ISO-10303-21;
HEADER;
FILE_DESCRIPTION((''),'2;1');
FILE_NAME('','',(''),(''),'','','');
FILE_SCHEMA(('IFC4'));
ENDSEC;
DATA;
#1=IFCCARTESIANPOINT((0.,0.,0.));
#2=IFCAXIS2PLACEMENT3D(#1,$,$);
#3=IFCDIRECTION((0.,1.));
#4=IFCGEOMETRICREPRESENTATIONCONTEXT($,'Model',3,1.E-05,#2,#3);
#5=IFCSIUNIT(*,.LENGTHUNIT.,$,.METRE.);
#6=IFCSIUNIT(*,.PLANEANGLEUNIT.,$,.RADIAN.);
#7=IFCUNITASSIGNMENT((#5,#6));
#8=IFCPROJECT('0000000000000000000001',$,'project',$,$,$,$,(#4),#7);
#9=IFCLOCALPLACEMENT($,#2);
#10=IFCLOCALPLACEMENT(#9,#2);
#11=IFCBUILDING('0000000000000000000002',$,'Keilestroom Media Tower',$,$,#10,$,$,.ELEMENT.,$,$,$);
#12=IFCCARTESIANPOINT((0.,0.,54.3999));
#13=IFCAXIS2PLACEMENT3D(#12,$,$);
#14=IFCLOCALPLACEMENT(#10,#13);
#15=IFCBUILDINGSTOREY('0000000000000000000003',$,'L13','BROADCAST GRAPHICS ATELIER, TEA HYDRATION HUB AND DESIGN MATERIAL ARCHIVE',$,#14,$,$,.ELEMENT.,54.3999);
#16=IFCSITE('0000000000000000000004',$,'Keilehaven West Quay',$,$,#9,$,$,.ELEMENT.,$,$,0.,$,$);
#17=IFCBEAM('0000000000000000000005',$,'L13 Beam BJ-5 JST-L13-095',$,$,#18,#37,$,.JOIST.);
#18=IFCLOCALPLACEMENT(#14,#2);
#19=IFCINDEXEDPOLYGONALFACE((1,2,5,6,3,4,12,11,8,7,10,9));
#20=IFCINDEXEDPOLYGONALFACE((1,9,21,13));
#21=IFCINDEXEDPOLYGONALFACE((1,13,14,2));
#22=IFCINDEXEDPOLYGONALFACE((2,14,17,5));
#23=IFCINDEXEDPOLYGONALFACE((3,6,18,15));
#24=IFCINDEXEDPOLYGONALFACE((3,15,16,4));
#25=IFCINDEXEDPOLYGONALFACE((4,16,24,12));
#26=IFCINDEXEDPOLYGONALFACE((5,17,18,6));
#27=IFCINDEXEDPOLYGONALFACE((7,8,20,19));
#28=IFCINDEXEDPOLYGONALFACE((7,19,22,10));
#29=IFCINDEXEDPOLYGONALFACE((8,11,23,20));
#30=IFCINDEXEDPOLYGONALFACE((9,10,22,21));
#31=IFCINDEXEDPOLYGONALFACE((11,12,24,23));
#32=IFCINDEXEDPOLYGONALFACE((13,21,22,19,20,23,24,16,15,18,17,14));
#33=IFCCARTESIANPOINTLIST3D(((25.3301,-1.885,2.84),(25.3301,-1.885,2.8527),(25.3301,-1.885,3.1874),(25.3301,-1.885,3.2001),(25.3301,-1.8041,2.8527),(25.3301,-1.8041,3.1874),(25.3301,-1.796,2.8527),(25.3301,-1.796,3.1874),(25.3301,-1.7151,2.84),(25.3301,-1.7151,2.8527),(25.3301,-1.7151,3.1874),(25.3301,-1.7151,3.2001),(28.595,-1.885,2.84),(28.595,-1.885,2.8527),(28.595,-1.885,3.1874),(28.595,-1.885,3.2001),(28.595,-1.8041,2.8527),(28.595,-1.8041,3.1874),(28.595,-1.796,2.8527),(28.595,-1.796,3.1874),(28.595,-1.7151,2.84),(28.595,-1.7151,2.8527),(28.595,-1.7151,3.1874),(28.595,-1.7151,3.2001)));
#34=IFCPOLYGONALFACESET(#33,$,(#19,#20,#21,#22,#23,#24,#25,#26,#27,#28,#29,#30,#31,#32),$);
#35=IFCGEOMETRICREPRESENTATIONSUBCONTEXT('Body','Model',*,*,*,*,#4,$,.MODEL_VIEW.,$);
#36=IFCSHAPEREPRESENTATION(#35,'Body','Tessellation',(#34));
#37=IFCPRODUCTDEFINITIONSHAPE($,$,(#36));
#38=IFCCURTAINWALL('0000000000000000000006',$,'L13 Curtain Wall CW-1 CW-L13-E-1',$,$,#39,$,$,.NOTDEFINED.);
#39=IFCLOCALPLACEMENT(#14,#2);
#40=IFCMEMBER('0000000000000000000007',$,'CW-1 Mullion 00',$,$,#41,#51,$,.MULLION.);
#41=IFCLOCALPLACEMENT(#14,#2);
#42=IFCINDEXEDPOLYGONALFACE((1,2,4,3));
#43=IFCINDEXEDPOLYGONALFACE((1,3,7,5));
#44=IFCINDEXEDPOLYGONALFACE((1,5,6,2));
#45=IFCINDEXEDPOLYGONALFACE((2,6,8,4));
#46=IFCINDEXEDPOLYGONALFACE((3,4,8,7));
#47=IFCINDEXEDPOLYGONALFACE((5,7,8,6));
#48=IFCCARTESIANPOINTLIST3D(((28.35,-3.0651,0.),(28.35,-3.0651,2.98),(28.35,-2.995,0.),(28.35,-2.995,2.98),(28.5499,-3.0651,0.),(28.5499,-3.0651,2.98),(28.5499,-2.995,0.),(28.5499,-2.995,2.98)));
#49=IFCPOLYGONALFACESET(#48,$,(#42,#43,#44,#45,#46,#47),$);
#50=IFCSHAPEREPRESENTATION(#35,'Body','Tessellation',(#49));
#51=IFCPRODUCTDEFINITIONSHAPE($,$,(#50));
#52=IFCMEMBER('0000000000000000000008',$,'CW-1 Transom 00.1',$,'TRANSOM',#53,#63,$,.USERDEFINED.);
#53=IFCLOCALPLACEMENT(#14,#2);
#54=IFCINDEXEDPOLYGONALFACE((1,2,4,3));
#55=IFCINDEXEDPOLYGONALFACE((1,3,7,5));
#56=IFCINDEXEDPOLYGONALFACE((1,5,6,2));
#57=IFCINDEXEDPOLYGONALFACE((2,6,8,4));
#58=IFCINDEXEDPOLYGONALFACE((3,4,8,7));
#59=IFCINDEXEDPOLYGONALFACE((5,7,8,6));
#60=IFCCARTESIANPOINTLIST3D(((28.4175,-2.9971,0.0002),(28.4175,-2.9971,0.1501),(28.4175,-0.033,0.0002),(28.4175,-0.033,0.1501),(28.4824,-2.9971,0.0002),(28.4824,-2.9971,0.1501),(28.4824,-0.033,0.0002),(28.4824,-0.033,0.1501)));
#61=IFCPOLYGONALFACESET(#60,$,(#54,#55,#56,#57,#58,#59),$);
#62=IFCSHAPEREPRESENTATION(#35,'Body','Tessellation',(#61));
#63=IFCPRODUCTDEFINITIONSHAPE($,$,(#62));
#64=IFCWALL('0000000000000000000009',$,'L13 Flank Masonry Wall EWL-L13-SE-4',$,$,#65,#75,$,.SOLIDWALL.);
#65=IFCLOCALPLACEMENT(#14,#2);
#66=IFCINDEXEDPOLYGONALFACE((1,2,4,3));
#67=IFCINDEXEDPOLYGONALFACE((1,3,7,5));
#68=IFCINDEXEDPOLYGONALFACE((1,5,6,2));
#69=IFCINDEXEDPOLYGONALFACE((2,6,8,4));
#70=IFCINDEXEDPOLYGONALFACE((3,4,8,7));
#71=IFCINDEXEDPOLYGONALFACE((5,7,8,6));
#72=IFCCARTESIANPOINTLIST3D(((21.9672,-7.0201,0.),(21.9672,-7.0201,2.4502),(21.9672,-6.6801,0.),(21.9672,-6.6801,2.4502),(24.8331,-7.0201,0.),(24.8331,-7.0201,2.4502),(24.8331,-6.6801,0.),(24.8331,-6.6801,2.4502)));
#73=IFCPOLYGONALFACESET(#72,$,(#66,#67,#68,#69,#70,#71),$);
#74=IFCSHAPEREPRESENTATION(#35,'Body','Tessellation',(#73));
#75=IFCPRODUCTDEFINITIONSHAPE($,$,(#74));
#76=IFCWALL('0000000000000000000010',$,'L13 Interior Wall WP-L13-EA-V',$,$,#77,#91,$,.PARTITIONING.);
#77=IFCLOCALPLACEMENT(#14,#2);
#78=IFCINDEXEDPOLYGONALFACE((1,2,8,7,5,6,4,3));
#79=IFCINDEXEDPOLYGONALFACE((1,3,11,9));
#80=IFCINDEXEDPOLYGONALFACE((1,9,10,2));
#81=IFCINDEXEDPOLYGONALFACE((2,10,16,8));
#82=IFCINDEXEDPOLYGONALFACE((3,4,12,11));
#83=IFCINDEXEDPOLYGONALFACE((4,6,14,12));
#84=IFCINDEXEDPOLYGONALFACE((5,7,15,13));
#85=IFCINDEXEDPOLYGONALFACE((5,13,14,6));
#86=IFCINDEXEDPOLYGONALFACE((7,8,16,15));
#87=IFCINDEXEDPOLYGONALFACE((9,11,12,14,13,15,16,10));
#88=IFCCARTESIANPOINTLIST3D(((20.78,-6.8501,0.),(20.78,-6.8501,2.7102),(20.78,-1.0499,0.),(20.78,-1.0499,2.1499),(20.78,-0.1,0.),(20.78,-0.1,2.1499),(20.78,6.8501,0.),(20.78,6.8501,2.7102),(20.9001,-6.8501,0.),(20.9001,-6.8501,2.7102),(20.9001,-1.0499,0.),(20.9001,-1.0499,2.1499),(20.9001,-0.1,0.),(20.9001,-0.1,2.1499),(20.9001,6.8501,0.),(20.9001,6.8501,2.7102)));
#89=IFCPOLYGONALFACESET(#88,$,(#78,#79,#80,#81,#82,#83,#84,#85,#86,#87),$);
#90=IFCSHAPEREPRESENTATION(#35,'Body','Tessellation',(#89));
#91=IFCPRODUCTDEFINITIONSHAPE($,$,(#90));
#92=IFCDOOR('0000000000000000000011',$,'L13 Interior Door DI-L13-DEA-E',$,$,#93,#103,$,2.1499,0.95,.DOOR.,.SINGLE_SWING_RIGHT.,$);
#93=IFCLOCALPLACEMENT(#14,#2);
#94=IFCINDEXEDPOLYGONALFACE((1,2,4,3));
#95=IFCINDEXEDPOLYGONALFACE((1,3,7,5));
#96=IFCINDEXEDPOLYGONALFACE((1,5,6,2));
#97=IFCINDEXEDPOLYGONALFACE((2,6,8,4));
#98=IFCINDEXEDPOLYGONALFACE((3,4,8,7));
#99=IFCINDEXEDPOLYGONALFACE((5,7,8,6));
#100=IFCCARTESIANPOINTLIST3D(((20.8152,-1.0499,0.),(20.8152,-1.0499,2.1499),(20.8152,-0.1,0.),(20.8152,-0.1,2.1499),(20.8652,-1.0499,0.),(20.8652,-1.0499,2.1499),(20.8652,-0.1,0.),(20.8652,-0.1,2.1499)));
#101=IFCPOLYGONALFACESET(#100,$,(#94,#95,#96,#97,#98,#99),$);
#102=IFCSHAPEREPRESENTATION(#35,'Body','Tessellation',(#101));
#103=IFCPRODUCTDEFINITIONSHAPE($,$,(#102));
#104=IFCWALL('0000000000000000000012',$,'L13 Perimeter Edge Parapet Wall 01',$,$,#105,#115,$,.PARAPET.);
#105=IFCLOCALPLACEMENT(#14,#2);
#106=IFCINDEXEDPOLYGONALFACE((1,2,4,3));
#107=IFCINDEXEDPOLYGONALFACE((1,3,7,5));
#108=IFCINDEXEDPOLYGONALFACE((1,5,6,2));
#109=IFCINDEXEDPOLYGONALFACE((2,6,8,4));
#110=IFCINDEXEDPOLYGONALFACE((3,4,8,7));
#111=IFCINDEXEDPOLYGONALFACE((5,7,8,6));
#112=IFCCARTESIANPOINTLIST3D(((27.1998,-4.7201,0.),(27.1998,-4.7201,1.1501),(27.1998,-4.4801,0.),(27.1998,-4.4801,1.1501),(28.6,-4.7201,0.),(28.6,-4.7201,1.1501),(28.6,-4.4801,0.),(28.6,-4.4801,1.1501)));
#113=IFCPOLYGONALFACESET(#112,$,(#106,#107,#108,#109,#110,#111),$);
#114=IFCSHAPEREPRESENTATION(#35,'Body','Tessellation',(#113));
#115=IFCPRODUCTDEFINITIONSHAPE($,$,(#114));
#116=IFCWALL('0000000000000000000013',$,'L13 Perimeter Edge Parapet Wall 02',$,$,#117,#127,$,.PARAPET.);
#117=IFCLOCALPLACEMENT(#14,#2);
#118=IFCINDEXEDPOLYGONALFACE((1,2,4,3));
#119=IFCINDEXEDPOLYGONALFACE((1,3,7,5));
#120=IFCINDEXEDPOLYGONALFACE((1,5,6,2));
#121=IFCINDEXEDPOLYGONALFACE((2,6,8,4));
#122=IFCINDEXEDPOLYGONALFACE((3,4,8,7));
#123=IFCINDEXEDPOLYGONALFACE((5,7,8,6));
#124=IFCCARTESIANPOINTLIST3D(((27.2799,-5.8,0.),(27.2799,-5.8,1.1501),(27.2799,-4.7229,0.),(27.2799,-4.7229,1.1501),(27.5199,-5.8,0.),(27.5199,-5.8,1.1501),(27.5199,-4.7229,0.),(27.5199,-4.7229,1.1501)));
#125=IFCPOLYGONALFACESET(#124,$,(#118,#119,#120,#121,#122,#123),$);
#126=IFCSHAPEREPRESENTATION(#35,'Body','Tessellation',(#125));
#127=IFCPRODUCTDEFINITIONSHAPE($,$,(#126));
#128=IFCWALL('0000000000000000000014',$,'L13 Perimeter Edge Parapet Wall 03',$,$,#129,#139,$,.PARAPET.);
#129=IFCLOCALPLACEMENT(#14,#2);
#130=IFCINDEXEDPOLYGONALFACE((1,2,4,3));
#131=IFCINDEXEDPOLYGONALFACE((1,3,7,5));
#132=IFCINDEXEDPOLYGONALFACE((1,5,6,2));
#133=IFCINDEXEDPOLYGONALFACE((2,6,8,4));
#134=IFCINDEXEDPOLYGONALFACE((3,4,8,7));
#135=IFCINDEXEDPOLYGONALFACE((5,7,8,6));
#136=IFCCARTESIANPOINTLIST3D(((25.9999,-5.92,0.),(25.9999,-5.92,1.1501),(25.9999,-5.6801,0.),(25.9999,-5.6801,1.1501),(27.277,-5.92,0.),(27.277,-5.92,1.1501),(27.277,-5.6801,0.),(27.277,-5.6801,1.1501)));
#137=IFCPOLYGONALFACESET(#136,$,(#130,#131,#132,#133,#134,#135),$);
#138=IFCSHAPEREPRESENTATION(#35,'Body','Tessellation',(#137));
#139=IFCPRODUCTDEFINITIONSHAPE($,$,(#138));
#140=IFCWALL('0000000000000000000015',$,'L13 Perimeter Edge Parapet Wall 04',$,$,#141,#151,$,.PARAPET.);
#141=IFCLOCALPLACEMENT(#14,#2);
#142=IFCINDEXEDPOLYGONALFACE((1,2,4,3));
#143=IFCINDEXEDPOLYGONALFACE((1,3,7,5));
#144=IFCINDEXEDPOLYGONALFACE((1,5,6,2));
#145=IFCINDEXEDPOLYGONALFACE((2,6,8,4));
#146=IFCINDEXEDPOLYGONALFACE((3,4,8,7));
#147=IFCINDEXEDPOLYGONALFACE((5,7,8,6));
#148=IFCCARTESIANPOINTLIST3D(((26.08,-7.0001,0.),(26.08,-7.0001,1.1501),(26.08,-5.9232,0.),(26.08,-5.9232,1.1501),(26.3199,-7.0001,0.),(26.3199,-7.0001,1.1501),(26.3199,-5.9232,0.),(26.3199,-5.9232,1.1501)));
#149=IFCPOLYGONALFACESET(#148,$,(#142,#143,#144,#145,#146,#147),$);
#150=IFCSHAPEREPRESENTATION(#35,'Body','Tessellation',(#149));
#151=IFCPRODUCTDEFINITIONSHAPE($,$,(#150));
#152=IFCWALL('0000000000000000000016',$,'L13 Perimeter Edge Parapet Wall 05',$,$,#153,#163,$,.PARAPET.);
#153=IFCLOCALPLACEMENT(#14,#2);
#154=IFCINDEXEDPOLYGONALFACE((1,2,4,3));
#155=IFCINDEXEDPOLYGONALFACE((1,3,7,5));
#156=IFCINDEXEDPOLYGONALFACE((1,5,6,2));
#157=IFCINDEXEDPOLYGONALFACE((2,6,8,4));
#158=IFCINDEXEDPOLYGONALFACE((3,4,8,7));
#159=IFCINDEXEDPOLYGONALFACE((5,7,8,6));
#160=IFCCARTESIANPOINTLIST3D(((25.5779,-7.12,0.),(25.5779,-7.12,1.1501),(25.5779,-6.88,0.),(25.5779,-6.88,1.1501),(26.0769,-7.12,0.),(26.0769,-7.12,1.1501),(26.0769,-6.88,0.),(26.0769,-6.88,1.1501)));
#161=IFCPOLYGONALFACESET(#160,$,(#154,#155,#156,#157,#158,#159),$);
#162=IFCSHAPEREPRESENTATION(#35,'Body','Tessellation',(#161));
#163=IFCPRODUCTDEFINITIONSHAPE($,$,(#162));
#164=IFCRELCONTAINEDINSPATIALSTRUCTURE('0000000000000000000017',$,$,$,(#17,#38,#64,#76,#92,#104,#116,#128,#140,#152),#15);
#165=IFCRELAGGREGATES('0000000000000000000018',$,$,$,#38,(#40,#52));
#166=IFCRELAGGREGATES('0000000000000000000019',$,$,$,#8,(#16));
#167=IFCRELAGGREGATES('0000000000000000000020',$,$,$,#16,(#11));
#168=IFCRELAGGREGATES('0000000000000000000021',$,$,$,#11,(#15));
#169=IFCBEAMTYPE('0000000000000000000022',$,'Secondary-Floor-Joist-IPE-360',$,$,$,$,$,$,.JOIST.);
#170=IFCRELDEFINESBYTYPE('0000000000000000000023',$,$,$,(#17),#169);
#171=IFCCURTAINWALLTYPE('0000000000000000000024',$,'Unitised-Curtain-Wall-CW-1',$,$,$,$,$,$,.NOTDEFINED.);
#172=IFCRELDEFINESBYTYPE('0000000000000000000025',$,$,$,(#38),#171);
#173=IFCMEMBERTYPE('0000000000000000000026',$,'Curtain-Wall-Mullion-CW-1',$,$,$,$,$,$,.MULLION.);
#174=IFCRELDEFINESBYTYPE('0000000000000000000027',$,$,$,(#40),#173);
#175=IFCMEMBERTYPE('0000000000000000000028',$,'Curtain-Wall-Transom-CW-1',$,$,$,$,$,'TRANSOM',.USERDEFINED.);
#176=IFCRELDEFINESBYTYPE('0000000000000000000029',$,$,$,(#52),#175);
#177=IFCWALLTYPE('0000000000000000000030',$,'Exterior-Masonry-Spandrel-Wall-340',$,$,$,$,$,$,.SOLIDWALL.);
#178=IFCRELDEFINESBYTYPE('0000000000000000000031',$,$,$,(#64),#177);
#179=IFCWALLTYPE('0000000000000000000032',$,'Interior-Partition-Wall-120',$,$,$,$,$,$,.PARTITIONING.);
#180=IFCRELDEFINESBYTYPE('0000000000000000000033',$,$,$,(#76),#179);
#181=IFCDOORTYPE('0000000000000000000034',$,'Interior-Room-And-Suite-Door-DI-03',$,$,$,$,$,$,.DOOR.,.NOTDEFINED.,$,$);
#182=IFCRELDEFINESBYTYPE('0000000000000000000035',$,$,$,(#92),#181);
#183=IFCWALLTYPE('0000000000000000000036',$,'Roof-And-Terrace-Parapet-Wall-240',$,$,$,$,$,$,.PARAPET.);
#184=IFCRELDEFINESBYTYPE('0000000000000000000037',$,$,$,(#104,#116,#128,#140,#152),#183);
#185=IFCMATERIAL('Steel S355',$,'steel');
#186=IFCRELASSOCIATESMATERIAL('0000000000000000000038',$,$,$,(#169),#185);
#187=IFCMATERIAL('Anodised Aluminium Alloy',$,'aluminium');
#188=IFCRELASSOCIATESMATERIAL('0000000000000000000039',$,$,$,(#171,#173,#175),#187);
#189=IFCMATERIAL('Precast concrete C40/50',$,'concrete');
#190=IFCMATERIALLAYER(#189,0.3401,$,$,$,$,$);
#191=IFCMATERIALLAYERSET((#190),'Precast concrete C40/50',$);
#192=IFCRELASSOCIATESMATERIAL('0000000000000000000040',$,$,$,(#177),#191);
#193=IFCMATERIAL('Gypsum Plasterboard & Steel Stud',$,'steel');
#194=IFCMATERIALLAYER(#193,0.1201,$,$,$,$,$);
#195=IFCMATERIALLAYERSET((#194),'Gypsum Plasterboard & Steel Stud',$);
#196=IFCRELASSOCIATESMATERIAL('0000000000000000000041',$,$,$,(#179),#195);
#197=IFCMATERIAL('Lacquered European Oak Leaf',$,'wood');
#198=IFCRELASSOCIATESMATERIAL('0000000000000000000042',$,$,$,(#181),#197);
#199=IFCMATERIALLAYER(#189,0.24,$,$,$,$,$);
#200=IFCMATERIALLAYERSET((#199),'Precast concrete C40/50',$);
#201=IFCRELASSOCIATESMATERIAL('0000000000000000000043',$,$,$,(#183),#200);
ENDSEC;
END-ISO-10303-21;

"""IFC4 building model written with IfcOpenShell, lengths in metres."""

from ifc_helpers import new_model, si_unit, direction, frame, frame_2d, origin, origin_2d, place, context, subcontext, project, spatial, rectangle, i_section, extrude, source, transform, mapped, material, layer, layer_set, material_profile, profile_set, type_object, element, fill, aggregate, save


model = new_model("IFC4")

# Units and contexts
model_context = context("Model", 3, precision=1e-05, world=origin(), true_north=direction((0.0, 1.0)))
body_context = subcontext(model_context, "Body", "Model", "MODEL_VIEW")
ifc_project = project(units=[si_unit("LENGTHUNIT", "METRE"), si_unit("PLANEANGLEUNIT", "RADIAN")], contexts=[model_context])

# Site, building, storey
site_placement = place(None, origin())
site = spatial("IfcSite", under=ifc_project, at=site_placement, Name="Keilehaven West Quay", CompositionType="ELEMENT", RefElevation=0.0)
building_placement = place(site_placement, origin())
building = spatial("IfcBuilding", under=site, at=building_placement, Name="Keilestroom Media Tower", CompositionType="ELEMENT")
storey_placement = place(building_placement, frame((0.0, 0.0, 54.3999)))
storey = spatial("IfcBuildingStorey", under=building, at=storey_placement, Name="L13", Description="BROADCAST GRAPHICS ATELIER, TEA HYDRATION HUB AND DESIGN MATERIAL ARCHIVE", CompositionType="ELEMENT", Elevation=54.3999)

# Shared definitions
ifc_material_1 = material(Name="Precast concrete C40/50", Category="concrete")

# Beam
ifc_material_2 = material(Name="Steel S355", Category="steel")
ifc_material_profile_1 = material_profile(ifc_material_2, i_section(OverallWidth=0.1699, OverallDepth=0.3601, WebThickness=0.0081, FlangeThickness=0.0127, at=origin_2d()), Name="IPE 360")
ifc_profile_set_1 = profile_set([ifc_material_profile_1], Name="Steel S355")
beam_type_1 = type_object("IfcBeamType", Name="Secondary-Floor-Joist-IPE-360", PredefinedType="JOIST", material=ifc_profile_set_1)
shared_shape_1 = source(origin(), body_context, "Body", "SweptSolid", [
    extrude(i_section(OverallWidth=0.1699, OverallDepth=0.3601, WebThickness=0.0081, FlangeThickness=0.0127, at=origin_2d()), origin(), (0.0, 0.0, 1.0), 3.2649),
])
beam_1_placement = place(storey_placement, frame((25.3301, -1.8, 3.02), z_axis=(1.0, 0.0, 0.0), x_axis=(0.0, 1.0, 0.0)))
element("IfcBeam", 1, at=beam_1_placement, inside=storey, type_object=beam_type_1, Name="L13 Beam BJ-5 JST-L13-095", PredefinedType="JOIST", context=body_context, shape_type="MappedRepresentation", body=[
    mapped(shared_shape_1, transform((0.0, 0.0, 0.0), x_axis=(1.0, 0.0, 0.0), y_axis=(0.0, 1.0, 0.0), z_axis=(0.0, 0.0, 1.0), scale=1.0)),
])

# Curtain wall, members
ifc_material_3 = material(Name="Anodised Aluminium Alloy", Category="aluminium")
curtain_wall_type = type_object("IfcCurtainWallType", Name="Unitised-Curtain-Wall-CW-1", PredefinedType="NOTDEFINED", material=ifc_material_3)
curtain_wall_placement = place(storey_placement, origin())
curtain_wall = element("IfcCurtainWall", 2, at=curtain_wall_placement, inside=storey, type_object=curtain_wall_type, Name="L13 Curtain Wall CW-1 CW-L13-E-1", PredefinedType="NOTDEFINED")
ifc_material_profile_2 = material_profile(ifc_material_3, rectangle(XDim=0.0701, YDim=0.2, at=origin_2d()), Name="ALU MULLION 70x200")
ifc_profile_set_2 = profile_set([ifc_material_profile_2], Name="Anodised Aluminium Alloy")
member_type_1 = type_object("IfcMemberType", Name="Curtain-Wall-Mullion-CW-1", PredefinedType="MULLION", material=ifc_profile_set_2)
shared_shape_2 = source(origin(), body_context, "Body", "SweptSolid", [
    extrude(rectangle(XDim=0.0701, YDim=0.2, at=origin_2d()), origin(), (0.0, 0.0, 1.0), 2.98),
])
member_1_placement = place(storey_placement, frame((28.45, -3.03, 0.0), z_axis=(0.0, 0.0, 1.0), x_axis=(0.0, 1.0, 0.0)))
member_1 = element("IfcMember", 3, at=member_1_placement, type_object=member_type_1, Name="CW-1 Mullion 00", PredefinedType="MULLION", context=body_context, shape_type="MappedRepresentation", body=[
    mapped(shared_shape_2, transform((0.0, 0.0, 0.0), x_axis=(1.0, 0.0, 0.0), y_axis=(0.0, 1.0, 0.0), z_axis=(0.0, 0.0, 1.0), scale=1.0)),
])
ifc_material_profile_3 = material_profile(ifc_material_3, rectangle(XDim=0.0649, YDim=0.1499, at=origin_2d()), Name="ALU TRANSOM 65x150")
ifc_profile_set_3 = profile_set([ifc_material_profile_3], Name="Anodised Aluminium Alloy")
member_type_2 = type_object("IfcMemberType", Name="Curtain-Wall-Transom-CW-1", ElementType="TRANSOM", PredefinedType="USERDEFINED", material=ifc_profile_set_3)
shared_shape_3 = source(origin(), body_context, "Body", "SweptSolid", [
    extrude(rectangle(XDim=0.0649, YDim=0.1499, at=origin_2d()), origin(), (0.0, 0.0, 1.0), 2.9641),
])
member_2_placement = place(storey_placement, frame((28.45, -2.9971, 0.0752), z_axis=(0.0, 1.0, 0.0), x_axis=(-1.0, 0.0, 0.0)))
member_2 = element("IfcMember", 4, at=member_2_placement, type_object=member_type_2, Name="CW-1 Transom 00.1", ObjectType="TRANSOM", PredefinedType="USERDEFINED", context=body_context, shape_type="MappedRepresentation", body=[
    mapped(shared_shape_3, transform((0.0, 0.0, 0.0), x_axis=(1.0, 0.0, 0.0), y_axis=(0.0, 1.0, 0.0), z_axis=(0.0, 0.0, 1.0), scale=1.0)),
])
aggregate(curtain_wall, [member_1, member_2])

# Wall
ifc_layer_1 = layer(ifc_material_1, 0.3401)
ifc_layer_set_1 = layer_set([ifc_layer_1], Name="Precast concrete C40/50")
wall_type_1 = type_object("IfcWallType", Name="Exterior-Masonry-Spandrel-Wall-340", PredefinedType="SOLIDWALL", material=ifc_layer_set_1)
wall_1_placement = place(storey_placement, frame((21.967, -6.8501, 0.0), z_axis=(0.0, 0.0, 1.0), x_axis=(1.0, 0.0, 0.0)))
element("IfcWall", 5, at=wall_1_placement, inside=storey, type_object=wall_type_1, Name="L13 Flank Masonry Wall EWL-L13-SE-4", PredefinedType="SOLIDWALL", context=body_context, shape_type="SweptSolid", body=[
    extrude(rectangle(XDim=2.866, YDim=0.3401, at=frame_2d((1.4331, 0.0))), origin(), (0.0, 0.0, 1.0), 2.4502),
])

# Wall, opening, door
ifc_material_4 = material(Name="Gypsum Plasterboard & Steel Stud", Category="steel")
ifc_layer_2 = layer(ifc_material_4, 0.1201)
ifc_layer_set_2 = layer_set([ifc_layer_2], Name="Gypsum Plasterboard & Steel Stud")
wall_type_2 = type_object("IfcWallType", Name="Interior-Partition-Wall-120", PredefinedType="PARTITIONING", material=ifc_layer_set_2)
wall_2_placement = place(storey_placement, frame((20.8401, -6.8501, 0.0), z_axis=(0.0, 0.0, 1.0), x_axis=(0.0, 1.0, 0.0)))
wall_2 = element("IfcWall", 6, at=wall_2_placement, inside=storey, type_object=wall_type_2, Name="L13 Interior Wall WP-L13-EA-V", PredefinedType="PARTITIONING", context=body_context, shape_type="SweptSolid", body=[
    extrude(rectangle(XDim=13.7002, YDim=0.1201, at=frame_2d((6.8501, 0.0))), origin(), (0.0, 0.0, 1.0), 2.7102),
])
opening_placement = place(wall_2_placement, frame((5.8, 0.0, 0.0)))
opening = element("IfcOpeningElement", 7, at=opening_placement, cuts=wall_2, PredefinedType="OPENING", context=body_context, shape_type="SweptSolid", body=[
    extrude(rectangle(XDim=0.95, YDim=2.1499, at=frame_2d((0.4751, 1.075))), frame((0.0, 0.0701, 0.0), z_axis=(0.0, -1.0, 0.0), x_axis=(1.0, 0.0, 0.0)), (0.0, 0.0, 1.0), 0.1401),
])
ifc_material_5 = material(Name="Lacquered European Oak Leaf", Category="wood")
door_type = type_object("IfcDoorType", Name="Interior-Room-And-Suite-Door-DI-03", OperationType="NOTDEFINED", PredefinedType="DOOR", material=ifc_material_5)
shared_shape_4 = source(origin(), body_context, "Body", "SweptSolid", [
    extrude(rectangle(XDim=0.95, YDim=2.1499, at=frame_2d((0.4751, 1.075))), frame((0.0, 0.0249, 0.0), z_axis=(0.0, -1.0, 0.0), x_axis=(1.0, 0.0, 0.0)), (0.0, 0.0, 1.0), 0.05),
])
door_placement = place(opening_placement, origin())
door = element("IfcDoor", 8, at=door_placement, inside=storey, type_object=door_type, Name="L13 Interior Door DI-L13-DEA-E", OperationType="SINGLE_SWING_RIGHT", OverallHeight=2.1499, OverallWidth=0.95, PredefinedType="DOOR", context=body_context, shape_type="MappedRepresentation", body=[
    mapped(shared_shape_4, transform((0.0, 0.0, 0.0), x_axis=(1.0, 0.0, 0.0), y_axis=(0.0, 1.0, 0.0), z_axis=(0.0, 0.0, 1.0), scale=1.0)),
])
fill(opening, door)

# Walls
ifc_layer_3 = layer(ifc_material_1, 0.24)
ifc_layer_set_3 = layer_set([ifc_layer_3], Name="Precast concrete C40/50")
wall_type_3 = type_object("IfcWallType", Name="Roof-And-Terrace-Parapet-Wall-240", PredefinedType="PARAPET", material=ifc_layer_set_3)
wall_3_placement = place(storey_placement, frame((28.6001, -4.6001, 0.0), z_axis=(0.0, 0.0, 1.0), x_axis=(-1.0, 0.0, 0.0)))
element("IfcWall", 9, at=wall_3_placement, inside=storey, type_object=wall_type_3, Name="L13 Perimeter Edge Parapet Wall 01", PredefinedType="PARAPET", context=body_context, shape_type="SweptSolid", body=[
    extrude(rectangle(XDim=1.4001, YDim=0.24, at=frame_2d((0.7002, 0.0))), origin(), (0.0, 0.0, 1.0), 1.1501),
])
wall_4_placement = place(storey_placement, frame((27.3999, -4.7229, 0.0), z_axis=(0.0, 0.0, 1.0), x_axis=(0.0, -1.0, 0.0)))
element("IfcWall", 10, at=wall_4_placement, inside=storey, type_object=wall_type_3, Name="L13 Perimeter Edge Parapet Wall 02", PredefinedType="PARAPET", context=body_context, shape_type="SweptSolid", body=[
    extrude(rectangle(XDim=1.0771, YDim=0.24, at=frame_2d((0.5386, 0.0))), origin(), (0.0, 0.0, 1.0), 1.1501),
])
wall_5_placement = place(storey_placement, frame((27.2771, -5.8, 0.0), z_axis=(0.0, 0.0, 1.0), x_axis=(-1.0, 0.0, 0.0)))
element("IfcWall", 11, at=wall_5_placement, inside=storey, type_object=wall_type_3, Name="L13 Perimeter Edge Parapet Wall 03", PredefinedType="PARAPET", context=body_context, shape_type="SweptSolid", body=[
    extrude(rectangle(XDim=1.2771, YDim=0.24, at=frame_2d((0.6387, 0.0))), origin(), (0.0, 0.0, 1.0), 1.1501),
])
wall_6_placement = place(storey_placement, frame((26.2, -5.9231, 0.0), z_axis=(0.0, 0.0, 1.0), x_axis=(0.0, -1.0, 0.0)))
element("IfcWall", 12, at=wall_6_placement, inside=storey, type_object=wall_type_3, Name="L13 Perimeter Edge Parapet Wall 04", PredefinedType="PARAPET", context=body_context, shape_type="SweptSolid", body=[
    extrude(rectangle(XDim=1.0769, YDim=0.24, at=frame_2d((0.5386, 0.0))), origin(), (0.0, 0.0, 1.0), 1.1501),
])
wall_7_placement = place(storey_placement, frame((26.0769, -7.0, 0.0), z_axis=(0.0, 0.0, 1.0), x_axis=(-1.0, 0.0, 0.0)))
element("IfcWall", 13, at=wall_7_placement, inside=storey, type_object=wall_type_3, Name="L13 Perimeter Edge Parapet Wall 05", PredefinedType="PARAPET", context=body_context, shape_type="SweptSolid", body=[
    extrude(rectangle(XDim=0.499, YDim=0.24, at=frame_2d((0.2495, 0.0))), origin(), (0.0, 0.0, 1.0), 1.1501),
])

save(model, "model.ifc")
